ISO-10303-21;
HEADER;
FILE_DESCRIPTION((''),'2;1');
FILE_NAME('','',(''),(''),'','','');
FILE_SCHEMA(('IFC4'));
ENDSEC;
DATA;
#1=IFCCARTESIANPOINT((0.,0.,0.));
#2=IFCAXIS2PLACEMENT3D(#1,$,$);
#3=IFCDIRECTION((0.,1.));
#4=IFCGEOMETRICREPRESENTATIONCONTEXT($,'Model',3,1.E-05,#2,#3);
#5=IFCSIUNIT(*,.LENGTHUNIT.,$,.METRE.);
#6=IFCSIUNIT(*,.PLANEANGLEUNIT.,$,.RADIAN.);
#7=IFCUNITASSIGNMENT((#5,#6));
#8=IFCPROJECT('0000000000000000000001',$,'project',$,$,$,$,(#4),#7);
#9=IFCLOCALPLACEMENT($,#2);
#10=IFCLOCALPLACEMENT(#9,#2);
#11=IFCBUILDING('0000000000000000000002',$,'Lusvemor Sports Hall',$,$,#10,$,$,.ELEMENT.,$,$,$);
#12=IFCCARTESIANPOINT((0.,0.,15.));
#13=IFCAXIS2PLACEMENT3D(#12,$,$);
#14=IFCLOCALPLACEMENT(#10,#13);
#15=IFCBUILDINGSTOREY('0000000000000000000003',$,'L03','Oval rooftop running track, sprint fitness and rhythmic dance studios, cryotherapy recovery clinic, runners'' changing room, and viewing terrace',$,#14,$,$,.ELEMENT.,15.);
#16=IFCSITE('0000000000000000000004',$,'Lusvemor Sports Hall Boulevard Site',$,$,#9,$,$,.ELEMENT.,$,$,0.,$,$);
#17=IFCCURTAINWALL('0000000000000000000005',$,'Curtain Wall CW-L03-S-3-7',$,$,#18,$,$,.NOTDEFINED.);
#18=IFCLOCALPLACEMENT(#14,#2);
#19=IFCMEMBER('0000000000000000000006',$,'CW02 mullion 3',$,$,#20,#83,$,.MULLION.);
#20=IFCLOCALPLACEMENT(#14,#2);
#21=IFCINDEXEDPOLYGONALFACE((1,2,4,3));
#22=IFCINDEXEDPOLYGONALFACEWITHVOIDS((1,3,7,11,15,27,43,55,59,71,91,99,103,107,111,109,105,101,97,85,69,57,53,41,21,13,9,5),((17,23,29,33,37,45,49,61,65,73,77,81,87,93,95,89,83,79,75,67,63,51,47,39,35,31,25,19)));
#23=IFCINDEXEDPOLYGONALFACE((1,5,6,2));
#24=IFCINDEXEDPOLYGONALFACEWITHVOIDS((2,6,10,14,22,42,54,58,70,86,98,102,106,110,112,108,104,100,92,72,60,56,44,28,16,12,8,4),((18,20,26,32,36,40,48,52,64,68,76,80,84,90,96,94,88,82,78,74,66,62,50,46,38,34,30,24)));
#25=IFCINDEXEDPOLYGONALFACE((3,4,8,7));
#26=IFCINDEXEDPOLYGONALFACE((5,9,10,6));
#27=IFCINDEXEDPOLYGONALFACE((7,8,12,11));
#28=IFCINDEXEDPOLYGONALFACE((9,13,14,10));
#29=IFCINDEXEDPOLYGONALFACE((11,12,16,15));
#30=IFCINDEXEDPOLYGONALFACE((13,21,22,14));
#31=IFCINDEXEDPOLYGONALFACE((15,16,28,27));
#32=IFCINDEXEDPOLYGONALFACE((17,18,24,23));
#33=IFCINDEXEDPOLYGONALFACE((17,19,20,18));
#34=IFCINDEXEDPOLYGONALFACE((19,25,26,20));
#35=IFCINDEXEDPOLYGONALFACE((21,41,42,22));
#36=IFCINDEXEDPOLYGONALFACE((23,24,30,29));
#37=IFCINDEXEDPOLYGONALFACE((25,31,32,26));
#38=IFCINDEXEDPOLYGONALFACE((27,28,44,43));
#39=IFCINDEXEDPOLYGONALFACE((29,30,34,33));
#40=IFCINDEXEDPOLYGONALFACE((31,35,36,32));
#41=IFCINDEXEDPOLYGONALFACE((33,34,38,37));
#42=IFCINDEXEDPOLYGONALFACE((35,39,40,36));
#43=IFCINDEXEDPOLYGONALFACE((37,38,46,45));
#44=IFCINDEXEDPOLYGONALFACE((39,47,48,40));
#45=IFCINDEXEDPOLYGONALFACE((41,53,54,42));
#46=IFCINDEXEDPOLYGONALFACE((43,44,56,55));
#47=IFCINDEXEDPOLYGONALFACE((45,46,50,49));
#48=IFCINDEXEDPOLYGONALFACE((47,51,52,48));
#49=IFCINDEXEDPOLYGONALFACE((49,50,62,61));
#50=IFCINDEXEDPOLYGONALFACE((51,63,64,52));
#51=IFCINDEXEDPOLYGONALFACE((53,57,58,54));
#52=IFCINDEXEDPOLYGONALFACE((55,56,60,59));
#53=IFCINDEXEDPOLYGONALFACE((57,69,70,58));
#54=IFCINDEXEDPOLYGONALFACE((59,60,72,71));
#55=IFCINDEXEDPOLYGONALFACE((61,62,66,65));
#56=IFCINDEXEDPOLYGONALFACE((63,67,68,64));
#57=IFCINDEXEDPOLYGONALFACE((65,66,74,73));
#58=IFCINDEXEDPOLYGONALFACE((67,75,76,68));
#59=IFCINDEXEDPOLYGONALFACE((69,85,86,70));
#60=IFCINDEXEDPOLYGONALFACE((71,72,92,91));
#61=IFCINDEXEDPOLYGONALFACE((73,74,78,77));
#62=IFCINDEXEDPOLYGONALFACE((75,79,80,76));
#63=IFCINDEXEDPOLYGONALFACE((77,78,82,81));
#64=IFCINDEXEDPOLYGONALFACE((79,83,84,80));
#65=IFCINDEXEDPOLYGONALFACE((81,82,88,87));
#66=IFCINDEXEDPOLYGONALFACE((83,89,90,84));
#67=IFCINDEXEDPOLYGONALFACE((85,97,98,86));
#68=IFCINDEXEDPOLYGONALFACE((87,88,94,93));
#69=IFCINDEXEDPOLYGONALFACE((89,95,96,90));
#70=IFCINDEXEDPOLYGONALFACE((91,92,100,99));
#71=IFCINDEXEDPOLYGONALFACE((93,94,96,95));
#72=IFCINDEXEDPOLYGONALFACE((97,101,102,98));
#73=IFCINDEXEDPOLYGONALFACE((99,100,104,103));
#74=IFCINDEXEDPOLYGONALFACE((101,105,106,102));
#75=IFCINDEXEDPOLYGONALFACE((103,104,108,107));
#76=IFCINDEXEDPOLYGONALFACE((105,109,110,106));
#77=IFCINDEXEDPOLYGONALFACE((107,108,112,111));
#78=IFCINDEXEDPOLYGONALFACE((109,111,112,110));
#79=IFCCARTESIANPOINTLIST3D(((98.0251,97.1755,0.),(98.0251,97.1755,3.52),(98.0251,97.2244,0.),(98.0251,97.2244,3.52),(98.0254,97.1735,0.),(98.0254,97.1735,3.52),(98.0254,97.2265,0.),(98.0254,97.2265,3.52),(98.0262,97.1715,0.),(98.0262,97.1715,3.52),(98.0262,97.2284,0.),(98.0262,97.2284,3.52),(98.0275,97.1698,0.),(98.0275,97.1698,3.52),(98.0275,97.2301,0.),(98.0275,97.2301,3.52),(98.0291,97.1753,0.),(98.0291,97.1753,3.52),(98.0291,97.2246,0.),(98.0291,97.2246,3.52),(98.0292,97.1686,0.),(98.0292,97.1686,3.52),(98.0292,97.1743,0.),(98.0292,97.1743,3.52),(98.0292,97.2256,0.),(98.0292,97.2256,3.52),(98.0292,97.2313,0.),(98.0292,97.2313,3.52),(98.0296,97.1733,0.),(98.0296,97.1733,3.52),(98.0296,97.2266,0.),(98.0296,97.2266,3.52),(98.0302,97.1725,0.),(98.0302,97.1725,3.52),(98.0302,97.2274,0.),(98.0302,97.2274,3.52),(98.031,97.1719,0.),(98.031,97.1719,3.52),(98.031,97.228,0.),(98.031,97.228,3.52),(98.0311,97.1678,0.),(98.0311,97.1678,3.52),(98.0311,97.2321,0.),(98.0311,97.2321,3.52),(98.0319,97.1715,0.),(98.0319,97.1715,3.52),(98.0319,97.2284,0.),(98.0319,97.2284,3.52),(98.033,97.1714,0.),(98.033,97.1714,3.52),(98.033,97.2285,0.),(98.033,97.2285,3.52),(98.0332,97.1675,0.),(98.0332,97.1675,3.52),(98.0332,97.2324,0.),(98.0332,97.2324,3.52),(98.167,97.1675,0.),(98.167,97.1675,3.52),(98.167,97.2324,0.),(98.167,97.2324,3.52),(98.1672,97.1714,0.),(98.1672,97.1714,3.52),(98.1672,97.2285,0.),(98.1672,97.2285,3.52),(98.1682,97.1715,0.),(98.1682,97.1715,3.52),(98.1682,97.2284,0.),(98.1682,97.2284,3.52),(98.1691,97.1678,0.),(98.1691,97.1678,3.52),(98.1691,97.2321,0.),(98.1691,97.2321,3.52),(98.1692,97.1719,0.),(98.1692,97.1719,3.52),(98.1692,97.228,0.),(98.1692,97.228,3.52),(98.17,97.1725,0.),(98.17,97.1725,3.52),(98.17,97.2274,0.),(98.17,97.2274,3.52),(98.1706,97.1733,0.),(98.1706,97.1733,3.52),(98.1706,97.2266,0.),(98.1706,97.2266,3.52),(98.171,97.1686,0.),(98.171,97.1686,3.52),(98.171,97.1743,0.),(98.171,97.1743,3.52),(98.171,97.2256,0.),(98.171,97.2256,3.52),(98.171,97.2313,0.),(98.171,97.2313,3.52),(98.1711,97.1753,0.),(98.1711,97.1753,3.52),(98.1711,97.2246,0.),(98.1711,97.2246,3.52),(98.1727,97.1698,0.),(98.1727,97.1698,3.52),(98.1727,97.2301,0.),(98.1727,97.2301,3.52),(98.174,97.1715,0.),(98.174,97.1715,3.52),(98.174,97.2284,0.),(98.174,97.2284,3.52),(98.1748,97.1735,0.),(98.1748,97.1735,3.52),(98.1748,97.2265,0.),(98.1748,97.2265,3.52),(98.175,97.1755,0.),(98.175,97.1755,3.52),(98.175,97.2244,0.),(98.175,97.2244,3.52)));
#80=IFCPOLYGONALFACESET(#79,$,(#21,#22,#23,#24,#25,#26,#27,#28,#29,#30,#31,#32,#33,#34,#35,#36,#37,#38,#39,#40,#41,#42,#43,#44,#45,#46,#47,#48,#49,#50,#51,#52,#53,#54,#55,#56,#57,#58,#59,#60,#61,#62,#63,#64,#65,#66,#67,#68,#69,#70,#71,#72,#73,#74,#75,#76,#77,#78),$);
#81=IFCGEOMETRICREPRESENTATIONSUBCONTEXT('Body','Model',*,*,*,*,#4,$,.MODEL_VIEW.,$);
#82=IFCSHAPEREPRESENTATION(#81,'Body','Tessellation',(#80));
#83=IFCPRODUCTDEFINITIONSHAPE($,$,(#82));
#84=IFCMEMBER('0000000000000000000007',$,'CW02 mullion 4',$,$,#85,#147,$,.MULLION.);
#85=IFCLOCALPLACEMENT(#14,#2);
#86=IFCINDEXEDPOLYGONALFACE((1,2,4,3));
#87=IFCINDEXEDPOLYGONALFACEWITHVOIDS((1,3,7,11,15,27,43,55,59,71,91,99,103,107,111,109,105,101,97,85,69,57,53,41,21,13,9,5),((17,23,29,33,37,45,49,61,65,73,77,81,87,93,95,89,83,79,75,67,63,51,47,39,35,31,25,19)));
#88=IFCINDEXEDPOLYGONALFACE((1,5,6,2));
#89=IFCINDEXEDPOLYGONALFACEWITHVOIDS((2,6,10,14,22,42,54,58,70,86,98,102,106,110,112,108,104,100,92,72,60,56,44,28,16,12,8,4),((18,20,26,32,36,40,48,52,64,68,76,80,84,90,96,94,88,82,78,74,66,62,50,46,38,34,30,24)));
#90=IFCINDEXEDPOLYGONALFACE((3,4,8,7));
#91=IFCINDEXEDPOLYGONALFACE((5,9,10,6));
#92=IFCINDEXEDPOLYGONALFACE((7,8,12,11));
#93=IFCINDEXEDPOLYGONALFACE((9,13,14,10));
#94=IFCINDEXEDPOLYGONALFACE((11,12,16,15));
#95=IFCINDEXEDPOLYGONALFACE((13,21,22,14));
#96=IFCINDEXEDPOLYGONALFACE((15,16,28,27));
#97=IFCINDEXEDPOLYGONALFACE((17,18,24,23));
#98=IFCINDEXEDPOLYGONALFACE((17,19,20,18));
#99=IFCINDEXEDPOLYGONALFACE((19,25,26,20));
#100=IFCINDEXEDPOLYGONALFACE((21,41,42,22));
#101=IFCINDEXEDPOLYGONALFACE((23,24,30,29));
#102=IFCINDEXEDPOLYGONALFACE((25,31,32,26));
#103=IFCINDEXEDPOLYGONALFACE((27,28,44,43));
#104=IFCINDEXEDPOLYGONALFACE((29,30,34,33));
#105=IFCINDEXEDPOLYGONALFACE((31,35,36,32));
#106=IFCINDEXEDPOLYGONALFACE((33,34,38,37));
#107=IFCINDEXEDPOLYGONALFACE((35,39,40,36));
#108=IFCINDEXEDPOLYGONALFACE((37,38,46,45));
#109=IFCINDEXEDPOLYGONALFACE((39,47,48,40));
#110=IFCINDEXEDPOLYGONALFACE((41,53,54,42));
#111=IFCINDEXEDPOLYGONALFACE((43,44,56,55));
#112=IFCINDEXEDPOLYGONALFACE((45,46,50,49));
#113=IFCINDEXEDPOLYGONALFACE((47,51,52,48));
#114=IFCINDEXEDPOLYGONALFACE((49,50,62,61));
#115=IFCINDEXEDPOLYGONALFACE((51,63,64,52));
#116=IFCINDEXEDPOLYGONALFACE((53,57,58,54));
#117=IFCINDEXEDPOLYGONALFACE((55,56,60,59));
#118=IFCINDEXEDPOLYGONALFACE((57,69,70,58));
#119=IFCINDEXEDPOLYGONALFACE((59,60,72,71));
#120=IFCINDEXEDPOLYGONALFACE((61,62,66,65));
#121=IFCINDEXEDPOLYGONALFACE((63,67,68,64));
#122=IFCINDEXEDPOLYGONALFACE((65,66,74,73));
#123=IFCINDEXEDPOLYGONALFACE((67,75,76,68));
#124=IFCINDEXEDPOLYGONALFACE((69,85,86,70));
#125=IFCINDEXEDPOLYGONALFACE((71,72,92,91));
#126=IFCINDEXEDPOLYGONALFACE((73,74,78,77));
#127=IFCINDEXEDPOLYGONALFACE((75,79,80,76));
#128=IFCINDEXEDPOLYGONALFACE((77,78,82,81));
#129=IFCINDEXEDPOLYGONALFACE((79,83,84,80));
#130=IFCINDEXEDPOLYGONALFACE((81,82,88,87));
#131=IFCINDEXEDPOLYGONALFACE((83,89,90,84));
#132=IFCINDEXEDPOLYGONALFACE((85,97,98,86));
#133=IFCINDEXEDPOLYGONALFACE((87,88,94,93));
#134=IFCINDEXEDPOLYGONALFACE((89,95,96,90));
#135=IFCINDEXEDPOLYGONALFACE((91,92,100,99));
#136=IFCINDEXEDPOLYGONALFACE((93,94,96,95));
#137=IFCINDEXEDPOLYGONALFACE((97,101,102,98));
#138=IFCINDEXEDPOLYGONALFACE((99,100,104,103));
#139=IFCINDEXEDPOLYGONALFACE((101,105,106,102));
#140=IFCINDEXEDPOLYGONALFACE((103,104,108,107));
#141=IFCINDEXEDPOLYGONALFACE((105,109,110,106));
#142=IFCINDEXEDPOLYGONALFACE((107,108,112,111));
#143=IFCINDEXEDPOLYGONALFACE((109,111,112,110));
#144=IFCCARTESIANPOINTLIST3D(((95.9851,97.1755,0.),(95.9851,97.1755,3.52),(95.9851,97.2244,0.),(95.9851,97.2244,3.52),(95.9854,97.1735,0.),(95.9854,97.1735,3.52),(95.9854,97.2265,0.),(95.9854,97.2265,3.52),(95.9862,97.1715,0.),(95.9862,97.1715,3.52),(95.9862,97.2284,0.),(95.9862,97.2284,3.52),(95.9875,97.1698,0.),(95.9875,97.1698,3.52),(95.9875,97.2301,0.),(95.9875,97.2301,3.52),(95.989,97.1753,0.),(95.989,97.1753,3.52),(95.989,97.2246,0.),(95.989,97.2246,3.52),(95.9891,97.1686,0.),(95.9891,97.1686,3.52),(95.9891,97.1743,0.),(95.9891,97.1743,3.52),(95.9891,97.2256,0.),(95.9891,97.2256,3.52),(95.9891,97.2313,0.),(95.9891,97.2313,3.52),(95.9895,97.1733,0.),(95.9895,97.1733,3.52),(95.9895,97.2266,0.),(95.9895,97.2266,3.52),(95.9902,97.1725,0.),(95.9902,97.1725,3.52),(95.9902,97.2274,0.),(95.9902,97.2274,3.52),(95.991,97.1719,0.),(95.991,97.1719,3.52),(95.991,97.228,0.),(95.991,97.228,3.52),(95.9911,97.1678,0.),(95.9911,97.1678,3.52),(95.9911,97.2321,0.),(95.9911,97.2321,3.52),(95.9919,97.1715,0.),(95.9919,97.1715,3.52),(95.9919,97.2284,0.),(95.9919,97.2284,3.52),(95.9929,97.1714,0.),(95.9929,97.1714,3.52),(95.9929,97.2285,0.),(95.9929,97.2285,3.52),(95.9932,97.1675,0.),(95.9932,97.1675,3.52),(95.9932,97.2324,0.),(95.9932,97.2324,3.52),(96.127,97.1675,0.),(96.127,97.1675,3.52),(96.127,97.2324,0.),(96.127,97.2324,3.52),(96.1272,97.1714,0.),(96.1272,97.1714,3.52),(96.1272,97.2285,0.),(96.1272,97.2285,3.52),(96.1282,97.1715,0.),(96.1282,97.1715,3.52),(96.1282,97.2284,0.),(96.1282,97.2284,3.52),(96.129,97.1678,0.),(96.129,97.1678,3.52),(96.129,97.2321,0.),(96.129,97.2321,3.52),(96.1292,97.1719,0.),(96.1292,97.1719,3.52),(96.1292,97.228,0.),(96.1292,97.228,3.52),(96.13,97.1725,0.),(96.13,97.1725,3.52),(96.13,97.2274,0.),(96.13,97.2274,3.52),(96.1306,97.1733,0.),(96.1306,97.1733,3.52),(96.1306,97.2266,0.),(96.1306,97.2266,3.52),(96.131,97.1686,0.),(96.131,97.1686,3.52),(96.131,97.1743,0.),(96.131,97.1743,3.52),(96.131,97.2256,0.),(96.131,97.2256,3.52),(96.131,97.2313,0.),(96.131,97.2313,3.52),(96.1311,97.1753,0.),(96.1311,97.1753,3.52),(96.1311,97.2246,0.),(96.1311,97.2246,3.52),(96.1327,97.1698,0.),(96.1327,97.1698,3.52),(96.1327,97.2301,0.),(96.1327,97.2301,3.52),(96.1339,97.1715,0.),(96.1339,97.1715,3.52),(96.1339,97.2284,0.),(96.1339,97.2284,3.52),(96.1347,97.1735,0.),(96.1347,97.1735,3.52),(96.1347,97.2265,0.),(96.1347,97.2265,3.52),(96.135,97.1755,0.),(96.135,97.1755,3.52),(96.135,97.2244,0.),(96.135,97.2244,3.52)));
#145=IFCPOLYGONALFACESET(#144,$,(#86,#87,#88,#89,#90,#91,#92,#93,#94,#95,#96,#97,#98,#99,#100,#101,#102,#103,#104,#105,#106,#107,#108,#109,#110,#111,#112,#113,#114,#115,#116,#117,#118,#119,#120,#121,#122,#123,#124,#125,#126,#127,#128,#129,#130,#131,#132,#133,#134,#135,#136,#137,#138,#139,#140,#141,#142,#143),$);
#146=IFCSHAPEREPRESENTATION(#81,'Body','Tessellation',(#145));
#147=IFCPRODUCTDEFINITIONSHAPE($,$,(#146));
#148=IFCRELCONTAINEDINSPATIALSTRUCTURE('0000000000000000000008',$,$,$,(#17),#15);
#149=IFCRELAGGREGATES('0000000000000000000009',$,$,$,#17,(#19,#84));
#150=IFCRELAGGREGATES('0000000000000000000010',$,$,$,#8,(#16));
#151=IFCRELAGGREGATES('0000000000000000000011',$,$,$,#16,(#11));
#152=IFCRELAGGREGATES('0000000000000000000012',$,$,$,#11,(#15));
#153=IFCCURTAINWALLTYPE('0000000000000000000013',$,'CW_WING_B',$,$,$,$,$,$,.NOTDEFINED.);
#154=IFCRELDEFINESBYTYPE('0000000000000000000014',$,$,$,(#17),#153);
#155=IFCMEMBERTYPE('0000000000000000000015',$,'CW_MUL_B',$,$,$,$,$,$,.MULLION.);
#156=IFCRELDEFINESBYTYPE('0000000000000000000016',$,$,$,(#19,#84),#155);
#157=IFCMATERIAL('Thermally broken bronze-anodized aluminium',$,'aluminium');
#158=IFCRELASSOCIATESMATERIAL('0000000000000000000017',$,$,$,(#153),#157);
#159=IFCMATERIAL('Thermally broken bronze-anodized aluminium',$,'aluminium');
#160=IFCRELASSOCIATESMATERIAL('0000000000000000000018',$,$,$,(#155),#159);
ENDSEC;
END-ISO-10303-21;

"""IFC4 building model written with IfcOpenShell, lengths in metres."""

from ifc_helpers import new_model, si_unit, direction, frame, origin, origin_2d, place, context, subcontext, project, spatial, hollow_rectangle, extrude, material, material_profile, profile_set, type_object, element, aggregate, save


model = new_model("IFC4")

# Units and contexts
model_context = context("Model", 3, precision=1e-05, world=origin(), true_north=direction((0.0, 1.0)))
body_context = subcontext(model_context, "Body", "Model", "MODEL_VIEW")
ifc_project = project(units=[si_unit("LENGTHUNIT", "METRE"), si_unit("PLANEANGLEUNIT", "RADIAN")], contexts=[model_context])

# Site, building, storey
site_placement = place(None, origin())
site = spatial("IfcSite", under=ifc_project, at=site_placement, Name="Lusvemor Sports Hall Boulevard Site", CompositionType="ELEMENT", RefElevation=0.0)
building_placement = place(site_placement, origin())
building = spatial("IfcBuilding", under=site, at=building_placement, Name="Lusvemor Sports Hall", CompositionType="ELEMENT")
storey_placement = place(building_placement, frame((0.0, 0.0, 15.0)))
storey = spatial("IfcBuildingStorey", under=building, at=storey_placement, Name="L03", Description="Oval rooftop running track, sprint fitness and rhythmic dance studios, cryotherapy recovery clinic, runners' changing room, and viewing terrace", CompositionType="ELEMENT", Elevation=15.0)

# Curtain wall, members
ifc_material_1 = material(Name="Thermally broken bronze-anodized aluminium", Category="aluminium")
curtain_wall_type = type_object("IfcCurtainWallType", Name="CW_WING_B", PredefinedType="NOTDEFINED", material=ifc_material_1)
curtain_wall_placement = place(storey_placement, origin())
curtain_wall = element("IfcCurtainWall", 1, at=curtain_wall_placement, inside=storey, type_object=curtain_wall_type, Name="Curtain Wall CW-L03-S-3-7", PredefinedType="NOTDEFINED")
ifc_material_2 = material(Name="Thermally broken bronze-anodized aluminium", Category="aluminium")
ifc_material_profile_1 = material_profile(ifc_material_2, hollow_rectangle(XDim=0.0649, YDim=0.1499, WallThickness=0.0039, InnerFilletRadius=0.0039, OuterFilletRadius=0.0081, at=origin_2d()), Name="CWMUL150x65x4")
ifc_profile_set_1 = profile_set([ifc_material_profile_1], Name="Thermally broken bronze-anodized aluminium")
member_type_1 = type_object("IfcMemberType", Name="CW_MUL_B", PredefinedType="MULLION", material=ifc_profile_set_1)
member_1_placement = place(storey_placement, frame((98.1001, 97.2, 0.0), z_axis=(0.0, 0.0, 1.0), x_axis=(0.0, -1.0, 0.0)))
member_1 = element("IfcMember", 2, at=member_1_placement, type_object=member_type_1, Name="CW02 mullion 3", PredefinedType="MULLION", context=body_context, shape_type="SweptSolid", body=[
    extrude(hollow_rectangle(XDim=0.0649, YDim=0.1499, WallThickness=0.0039, InnerFilletRadius=0.0039, OuterFilletRadius=0.0081, at=origin_2d()), origin(), (0.0, 0.0, 1.0), 3.52),
])
member_2_placement = place(storey_placement, frame((96.0601, 97.2, 0.0), z_axis=(0.0, 0.0, 1.0), x_axis=(0.0, -1.0, 0.0)))
member_2 = element("IfcMember", 3, at=member_2_placement, type_object=member_type_1, Name="CW02 mullion 4", PredefinedType="MULLION", context=body_context, shape_type="SweptSolid", body=[
    extrude(hollow_rectangle(XDim=0.0649, YDim=0.1499, WallThickness=0.0039, InnerFilletRadius=0.0039, OuterFilletRadius=0.0081, at=origin_2d()), origin(), (0.0, 0.0, 1.0), 3.52),
])

aggregate(curtain_wall, [member_1, member_2])

save(model, "model.ifc")
